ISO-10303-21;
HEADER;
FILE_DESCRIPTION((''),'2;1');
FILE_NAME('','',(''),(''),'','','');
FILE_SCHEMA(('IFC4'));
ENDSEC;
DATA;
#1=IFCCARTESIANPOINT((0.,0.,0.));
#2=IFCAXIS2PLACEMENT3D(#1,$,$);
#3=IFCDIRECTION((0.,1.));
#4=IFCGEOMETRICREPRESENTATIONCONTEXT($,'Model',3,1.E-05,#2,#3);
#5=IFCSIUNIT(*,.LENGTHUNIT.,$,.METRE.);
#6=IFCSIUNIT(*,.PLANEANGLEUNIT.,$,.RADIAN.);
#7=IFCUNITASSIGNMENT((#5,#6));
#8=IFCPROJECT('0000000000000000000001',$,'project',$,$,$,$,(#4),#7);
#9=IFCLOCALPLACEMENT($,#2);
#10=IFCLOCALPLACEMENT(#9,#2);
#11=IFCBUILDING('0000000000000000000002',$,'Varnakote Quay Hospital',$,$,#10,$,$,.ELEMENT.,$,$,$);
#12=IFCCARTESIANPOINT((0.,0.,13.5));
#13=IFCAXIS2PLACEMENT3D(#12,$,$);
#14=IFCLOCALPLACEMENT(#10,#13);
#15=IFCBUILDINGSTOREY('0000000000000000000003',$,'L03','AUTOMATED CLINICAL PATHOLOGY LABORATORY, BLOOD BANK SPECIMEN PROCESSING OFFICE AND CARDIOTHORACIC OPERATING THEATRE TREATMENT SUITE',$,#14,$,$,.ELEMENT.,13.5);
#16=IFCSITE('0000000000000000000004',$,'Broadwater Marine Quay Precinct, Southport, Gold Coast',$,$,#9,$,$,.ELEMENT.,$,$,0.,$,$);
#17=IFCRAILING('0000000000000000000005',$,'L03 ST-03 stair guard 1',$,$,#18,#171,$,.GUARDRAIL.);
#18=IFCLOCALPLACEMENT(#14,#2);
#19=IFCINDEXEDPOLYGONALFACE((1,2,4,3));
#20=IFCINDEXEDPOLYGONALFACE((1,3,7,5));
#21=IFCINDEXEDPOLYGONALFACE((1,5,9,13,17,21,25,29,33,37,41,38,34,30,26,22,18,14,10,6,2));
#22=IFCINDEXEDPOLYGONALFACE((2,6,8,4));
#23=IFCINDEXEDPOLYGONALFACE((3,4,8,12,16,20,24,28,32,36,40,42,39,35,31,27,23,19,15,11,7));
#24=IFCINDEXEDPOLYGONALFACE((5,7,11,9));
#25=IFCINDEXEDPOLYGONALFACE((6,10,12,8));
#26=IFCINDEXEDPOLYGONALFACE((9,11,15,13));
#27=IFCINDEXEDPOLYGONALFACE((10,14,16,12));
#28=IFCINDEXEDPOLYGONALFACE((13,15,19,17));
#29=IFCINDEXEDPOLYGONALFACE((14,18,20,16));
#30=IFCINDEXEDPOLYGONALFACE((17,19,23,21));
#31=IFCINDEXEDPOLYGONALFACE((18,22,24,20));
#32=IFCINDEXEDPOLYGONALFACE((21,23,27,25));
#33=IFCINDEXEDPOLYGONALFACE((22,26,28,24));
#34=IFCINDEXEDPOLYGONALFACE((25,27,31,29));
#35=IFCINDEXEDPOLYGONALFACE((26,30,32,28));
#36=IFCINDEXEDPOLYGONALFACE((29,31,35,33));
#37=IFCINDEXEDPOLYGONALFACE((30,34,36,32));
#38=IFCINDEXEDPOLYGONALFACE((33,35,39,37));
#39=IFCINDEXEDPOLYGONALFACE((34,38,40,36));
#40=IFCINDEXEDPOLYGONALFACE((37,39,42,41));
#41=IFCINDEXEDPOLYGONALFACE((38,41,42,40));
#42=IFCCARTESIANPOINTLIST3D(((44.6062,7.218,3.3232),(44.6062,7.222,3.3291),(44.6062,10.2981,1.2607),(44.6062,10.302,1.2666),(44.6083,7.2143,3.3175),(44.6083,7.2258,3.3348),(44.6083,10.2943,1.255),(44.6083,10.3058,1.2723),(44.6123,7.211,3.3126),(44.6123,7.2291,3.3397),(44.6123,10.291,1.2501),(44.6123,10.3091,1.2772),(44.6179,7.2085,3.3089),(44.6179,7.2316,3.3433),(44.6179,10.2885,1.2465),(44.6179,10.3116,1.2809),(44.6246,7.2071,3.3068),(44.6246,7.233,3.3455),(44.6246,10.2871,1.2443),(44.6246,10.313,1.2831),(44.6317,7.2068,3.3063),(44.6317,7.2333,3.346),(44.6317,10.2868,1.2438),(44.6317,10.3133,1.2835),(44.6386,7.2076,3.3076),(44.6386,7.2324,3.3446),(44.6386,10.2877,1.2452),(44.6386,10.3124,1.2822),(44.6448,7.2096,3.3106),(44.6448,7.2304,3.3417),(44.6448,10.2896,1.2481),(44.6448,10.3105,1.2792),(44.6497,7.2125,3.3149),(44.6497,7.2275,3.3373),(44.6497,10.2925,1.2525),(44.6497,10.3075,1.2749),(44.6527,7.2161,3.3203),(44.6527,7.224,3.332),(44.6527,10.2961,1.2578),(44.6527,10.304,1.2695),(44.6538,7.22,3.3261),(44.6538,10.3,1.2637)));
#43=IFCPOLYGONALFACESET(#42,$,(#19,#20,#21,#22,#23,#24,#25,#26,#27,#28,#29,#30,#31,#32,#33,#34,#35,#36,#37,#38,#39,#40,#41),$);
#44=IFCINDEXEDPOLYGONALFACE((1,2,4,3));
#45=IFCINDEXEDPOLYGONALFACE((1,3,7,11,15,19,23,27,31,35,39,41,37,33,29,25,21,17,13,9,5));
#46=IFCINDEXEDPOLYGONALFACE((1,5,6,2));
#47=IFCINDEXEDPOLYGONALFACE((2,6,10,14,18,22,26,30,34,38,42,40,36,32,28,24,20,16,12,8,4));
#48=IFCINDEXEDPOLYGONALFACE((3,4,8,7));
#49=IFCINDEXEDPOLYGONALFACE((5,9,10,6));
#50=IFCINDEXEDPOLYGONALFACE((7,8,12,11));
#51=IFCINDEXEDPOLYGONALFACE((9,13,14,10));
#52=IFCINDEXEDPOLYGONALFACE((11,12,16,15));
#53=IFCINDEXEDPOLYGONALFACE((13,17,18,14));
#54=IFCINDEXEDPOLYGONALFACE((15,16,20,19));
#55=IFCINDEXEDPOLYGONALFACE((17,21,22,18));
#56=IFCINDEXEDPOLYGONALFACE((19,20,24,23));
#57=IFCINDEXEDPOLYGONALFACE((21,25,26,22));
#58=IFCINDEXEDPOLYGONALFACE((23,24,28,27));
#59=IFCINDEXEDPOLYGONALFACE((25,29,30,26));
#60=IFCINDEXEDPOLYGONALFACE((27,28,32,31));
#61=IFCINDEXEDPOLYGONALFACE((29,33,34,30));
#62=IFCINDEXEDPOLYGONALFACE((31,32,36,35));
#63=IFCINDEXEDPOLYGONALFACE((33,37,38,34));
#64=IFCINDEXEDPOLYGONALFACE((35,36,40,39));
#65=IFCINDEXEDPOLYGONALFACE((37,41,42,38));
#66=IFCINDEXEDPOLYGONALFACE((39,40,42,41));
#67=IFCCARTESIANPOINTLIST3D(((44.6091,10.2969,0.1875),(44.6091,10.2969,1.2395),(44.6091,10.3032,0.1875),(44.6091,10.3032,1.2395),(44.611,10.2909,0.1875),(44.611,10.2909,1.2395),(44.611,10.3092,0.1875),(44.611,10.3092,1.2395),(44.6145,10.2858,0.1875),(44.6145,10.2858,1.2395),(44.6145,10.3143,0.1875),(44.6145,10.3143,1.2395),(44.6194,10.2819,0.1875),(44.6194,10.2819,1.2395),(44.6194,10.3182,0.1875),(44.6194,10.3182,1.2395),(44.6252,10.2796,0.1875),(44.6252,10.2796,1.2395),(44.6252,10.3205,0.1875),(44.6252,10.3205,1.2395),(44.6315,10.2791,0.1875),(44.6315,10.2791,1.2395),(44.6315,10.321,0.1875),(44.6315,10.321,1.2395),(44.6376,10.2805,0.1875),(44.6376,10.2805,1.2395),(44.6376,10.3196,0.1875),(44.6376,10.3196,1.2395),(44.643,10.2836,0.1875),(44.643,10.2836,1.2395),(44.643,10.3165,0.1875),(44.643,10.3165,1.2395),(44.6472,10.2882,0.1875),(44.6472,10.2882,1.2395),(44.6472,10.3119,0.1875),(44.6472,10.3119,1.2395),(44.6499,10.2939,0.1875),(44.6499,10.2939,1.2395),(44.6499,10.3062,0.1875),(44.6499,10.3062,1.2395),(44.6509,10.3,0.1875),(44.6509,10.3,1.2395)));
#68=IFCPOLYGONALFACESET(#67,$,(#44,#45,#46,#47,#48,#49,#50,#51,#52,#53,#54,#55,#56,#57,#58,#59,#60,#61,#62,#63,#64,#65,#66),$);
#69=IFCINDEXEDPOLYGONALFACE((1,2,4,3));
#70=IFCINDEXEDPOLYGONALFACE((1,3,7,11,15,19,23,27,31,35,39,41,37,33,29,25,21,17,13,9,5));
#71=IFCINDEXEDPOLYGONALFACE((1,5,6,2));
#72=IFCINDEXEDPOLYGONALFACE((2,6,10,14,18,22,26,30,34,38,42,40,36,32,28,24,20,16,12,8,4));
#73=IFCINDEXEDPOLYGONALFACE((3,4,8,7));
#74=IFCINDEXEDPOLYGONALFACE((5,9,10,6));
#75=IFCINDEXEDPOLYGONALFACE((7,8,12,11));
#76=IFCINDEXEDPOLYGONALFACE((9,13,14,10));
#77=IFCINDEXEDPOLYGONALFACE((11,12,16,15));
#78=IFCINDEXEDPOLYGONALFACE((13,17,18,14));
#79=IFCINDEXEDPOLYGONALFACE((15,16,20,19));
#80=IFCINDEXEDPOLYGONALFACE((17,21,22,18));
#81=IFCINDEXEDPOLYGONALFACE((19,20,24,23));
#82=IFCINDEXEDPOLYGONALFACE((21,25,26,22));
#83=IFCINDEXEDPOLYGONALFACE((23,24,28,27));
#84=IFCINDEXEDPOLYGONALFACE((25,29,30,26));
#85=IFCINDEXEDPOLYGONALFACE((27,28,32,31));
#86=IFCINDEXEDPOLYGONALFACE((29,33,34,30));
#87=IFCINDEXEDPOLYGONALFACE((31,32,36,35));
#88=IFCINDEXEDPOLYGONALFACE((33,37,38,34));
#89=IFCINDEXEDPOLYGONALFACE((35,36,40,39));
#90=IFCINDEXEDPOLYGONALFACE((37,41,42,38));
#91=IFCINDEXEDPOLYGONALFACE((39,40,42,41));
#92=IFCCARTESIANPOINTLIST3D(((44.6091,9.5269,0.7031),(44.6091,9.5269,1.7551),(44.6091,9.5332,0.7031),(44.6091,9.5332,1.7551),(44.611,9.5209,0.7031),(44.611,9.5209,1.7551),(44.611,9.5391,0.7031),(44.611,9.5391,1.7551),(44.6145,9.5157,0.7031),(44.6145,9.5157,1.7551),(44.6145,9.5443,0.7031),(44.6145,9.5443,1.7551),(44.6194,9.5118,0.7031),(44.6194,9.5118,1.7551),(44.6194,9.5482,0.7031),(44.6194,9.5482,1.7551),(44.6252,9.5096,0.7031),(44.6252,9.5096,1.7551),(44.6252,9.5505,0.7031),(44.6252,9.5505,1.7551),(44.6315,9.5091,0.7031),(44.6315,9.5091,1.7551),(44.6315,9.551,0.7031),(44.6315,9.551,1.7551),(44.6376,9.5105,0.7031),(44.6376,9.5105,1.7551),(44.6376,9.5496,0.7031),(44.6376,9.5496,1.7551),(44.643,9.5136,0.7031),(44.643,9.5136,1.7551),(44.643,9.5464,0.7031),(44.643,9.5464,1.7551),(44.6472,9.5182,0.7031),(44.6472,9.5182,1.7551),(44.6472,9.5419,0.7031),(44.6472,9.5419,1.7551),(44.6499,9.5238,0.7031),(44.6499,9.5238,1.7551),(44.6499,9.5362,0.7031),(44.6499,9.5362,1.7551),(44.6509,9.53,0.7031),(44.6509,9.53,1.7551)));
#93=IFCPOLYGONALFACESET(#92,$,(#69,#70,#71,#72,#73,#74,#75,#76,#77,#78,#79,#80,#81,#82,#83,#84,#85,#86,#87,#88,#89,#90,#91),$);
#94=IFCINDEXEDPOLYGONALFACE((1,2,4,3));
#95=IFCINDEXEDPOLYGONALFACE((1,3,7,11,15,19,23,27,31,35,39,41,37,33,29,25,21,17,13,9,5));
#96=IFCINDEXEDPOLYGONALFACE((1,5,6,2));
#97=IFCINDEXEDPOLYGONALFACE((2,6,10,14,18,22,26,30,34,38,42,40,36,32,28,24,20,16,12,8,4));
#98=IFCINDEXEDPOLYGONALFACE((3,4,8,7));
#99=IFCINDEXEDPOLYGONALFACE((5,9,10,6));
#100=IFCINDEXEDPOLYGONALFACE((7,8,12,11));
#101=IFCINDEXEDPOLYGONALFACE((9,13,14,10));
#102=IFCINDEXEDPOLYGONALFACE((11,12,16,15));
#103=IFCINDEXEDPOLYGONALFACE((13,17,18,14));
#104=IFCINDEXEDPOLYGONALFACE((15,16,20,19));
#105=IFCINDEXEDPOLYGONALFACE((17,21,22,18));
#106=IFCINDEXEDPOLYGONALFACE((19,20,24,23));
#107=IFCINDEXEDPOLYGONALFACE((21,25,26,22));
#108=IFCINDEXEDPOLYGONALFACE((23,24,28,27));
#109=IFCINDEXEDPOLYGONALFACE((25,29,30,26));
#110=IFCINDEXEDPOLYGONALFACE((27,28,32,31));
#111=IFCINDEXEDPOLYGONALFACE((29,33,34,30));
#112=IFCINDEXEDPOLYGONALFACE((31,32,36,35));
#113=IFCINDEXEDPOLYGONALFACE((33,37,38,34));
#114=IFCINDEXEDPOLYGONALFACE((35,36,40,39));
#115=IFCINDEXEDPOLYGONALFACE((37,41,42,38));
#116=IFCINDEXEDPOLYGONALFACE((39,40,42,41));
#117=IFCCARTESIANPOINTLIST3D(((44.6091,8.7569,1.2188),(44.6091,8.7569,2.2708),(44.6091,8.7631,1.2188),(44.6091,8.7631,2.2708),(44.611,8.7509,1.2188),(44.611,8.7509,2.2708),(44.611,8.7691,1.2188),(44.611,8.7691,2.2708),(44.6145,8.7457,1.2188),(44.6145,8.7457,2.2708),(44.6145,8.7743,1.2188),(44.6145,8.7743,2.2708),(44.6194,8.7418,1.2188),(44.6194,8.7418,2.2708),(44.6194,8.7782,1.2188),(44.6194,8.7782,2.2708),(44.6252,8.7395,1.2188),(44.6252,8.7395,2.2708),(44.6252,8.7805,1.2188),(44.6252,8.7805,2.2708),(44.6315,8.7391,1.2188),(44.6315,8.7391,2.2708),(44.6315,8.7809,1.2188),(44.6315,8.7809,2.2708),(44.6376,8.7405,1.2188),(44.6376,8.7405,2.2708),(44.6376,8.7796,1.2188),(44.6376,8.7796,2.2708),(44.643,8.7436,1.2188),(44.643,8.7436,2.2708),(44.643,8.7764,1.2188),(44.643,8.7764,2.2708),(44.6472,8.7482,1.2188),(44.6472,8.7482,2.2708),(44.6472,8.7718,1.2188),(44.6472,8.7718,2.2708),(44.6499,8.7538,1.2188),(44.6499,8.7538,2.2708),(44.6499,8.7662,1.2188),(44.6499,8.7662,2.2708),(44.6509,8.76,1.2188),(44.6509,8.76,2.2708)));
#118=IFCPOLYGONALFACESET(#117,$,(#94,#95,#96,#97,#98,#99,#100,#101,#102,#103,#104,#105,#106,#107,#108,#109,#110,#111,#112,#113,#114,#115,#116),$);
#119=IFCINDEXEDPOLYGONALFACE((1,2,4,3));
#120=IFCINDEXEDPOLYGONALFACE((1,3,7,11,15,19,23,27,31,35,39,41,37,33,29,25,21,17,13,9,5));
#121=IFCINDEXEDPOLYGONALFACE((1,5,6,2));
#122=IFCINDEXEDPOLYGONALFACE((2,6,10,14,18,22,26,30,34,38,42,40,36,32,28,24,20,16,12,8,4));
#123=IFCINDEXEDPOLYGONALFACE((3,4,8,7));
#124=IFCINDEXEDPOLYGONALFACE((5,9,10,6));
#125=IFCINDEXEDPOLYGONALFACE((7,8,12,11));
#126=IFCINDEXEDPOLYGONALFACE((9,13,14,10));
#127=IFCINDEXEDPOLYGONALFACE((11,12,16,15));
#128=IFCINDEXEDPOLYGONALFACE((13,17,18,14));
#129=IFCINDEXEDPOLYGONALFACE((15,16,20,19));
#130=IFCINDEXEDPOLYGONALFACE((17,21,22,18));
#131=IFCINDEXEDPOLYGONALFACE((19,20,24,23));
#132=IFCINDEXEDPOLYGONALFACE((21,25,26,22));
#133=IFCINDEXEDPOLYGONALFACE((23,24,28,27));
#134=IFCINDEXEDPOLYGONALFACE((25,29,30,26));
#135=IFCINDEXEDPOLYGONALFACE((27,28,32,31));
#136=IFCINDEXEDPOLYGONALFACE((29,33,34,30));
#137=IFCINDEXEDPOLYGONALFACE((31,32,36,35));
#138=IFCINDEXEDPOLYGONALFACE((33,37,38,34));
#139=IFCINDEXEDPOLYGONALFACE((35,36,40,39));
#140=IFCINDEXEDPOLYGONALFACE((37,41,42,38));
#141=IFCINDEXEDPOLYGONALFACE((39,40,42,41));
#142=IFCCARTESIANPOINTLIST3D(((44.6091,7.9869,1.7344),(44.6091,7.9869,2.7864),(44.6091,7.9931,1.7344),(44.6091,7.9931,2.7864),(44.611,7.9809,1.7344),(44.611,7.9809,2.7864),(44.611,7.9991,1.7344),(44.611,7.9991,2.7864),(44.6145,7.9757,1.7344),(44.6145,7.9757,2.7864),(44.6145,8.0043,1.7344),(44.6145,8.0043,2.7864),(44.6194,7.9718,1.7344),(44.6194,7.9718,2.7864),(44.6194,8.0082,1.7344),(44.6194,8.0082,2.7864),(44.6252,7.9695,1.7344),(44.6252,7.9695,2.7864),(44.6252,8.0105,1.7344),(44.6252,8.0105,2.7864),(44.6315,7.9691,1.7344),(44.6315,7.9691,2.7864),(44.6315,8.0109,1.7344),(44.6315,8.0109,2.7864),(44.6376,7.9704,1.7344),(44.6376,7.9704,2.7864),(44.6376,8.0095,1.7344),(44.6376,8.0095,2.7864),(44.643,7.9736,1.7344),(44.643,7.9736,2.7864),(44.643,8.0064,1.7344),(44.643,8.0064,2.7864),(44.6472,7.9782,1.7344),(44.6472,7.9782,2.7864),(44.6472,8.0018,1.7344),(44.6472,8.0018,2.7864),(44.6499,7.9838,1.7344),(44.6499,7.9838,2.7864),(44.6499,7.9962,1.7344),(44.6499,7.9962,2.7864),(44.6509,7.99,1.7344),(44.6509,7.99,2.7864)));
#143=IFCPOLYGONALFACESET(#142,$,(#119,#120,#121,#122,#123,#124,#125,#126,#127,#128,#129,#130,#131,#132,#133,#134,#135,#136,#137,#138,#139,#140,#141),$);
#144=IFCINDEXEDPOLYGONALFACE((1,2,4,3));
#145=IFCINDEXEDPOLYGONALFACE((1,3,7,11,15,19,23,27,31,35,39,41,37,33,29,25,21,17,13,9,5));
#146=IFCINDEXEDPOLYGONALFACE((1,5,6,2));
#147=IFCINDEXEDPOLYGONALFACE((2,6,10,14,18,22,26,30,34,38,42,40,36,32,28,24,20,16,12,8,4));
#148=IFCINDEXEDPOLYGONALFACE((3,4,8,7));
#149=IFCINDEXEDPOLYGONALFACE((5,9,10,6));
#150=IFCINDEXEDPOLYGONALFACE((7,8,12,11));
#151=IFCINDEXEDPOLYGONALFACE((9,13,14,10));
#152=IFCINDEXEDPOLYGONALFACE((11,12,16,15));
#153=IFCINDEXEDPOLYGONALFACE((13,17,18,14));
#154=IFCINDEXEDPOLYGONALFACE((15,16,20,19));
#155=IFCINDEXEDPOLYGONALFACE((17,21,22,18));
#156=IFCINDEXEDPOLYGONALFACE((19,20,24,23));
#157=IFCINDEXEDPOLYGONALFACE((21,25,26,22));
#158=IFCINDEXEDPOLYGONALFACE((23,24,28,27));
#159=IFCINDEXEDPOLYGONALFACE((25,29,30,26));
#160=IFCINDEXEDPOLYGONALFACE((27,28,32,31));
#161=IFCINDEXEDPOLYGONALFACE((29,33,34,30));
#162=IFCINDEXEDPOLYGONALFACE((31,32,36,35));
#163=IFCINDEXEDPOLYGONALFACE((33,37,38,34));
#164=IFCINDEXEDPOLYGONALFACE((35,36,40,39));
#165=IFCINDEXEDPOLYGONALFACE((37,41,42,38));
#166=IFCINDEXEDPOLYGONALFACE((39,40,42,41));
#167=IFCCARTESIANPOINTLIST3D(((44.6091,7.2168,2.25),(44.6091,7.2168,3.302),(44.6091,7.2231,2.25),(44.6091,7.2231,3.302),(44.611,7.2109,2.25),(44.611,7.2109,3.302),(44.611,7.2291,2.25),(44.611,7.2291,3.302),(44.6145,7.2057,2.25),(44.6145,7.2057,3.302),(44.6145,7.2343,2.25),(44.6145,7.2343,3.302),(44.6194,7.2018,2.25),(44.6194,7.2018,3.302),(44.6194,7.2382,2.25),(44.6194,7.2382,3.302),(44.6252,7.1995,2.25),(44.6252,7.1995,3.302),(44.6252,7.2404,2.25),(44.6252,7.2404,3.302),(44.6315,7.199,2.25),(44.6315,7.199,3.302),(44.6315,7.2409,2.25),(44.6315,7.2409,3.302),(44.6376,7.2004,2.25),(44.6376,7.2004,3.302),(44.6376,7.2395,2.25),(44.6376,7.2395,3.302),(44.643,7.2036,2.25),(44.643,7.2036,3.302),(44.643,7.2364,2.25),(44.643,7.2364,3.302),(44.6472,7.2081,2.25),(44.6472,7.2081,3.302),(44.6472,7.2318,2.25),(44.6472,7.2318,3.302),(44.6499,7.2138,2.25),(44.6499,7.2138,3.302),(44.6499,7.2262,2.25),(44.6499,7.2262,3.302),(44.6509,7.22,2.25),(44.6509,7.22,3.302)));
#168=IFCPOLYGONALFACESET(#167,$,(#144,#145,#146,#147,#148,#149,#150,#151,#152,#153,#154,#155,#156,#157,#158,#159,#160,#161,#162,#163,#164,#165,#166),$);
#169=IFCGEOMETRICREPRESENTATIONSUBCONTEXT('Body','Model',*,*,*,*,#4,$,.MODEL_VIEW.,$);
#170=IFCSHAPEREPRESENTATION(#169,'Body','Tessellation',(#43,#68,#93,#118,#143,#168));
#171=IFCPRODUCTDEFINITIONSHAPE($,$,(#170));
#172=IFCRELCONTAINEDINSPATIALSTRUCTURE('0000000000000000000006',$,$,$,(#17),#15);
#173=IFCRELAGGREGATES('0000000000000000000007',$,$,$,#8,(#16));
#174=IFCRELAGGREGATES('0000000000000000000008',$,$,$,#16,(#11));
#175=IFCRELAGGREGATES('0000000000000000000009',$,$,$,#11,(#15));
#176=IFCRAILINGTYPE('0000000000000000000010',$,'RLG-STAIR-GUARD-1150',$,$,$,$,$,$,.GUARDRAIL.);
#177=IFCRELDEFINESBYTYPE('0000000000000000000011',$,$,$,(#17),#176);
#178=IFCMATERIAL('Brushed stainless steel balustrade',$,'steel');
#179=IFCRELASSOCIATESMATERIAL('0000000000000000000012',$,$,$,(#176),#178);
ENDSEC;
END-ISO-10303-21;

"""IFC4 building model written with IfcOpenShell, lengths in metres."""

from ifc_helpers import new_model, si_unit, direction, frame, origin, origin_2d, place, context, subcontext, project, spatial, circle, extrude, material, type_object, element, save


model = new_model("IFC4")

# Units and contexts
model_context = context("Model", 3, precision=1e-05, world=origin(), true_north=direction((0.0, 1.0)))
body_context = subcontext(model_context, "Body", "Model", "MODEL_VIEW")
ifc_project = project(units=[si_unit("LENGTHUNIT", "METRE"), si_unit("PLANEANGLEUNIT", "RADIAN")], contexts=[model_context])

# Site, building, storey
site_placement = place(None, origin())
site = spatial("IfcSite", under=ifc_project, at=site_placement, Name="Broadwater Marine Quay Precinct, Southport, Gold Coast", CompositionType="ELEMENT", RefElevation=0.0)
building_placement = place(site_placement, origin())
building = spatial("IfcBuilding", under=site, at=building_placement, Name="Varnakote Quay Hospital", CompositionType="ELEMENT")
storey_placement = place(building_placement, frame((0.0, 0.0, 13.5)))
storey = spatial("IfcBuildingStorey", under=building, at=storey_placement, Name="L03", Description="AUTOMATED CLINICAL PATHOLOGY LABORATORY, BLOOD BANK SPECIMEN PROCESSING OFFICE AND CARDIOTHORACIC OPERATING THEATRE TREATMENT SUITE", CompositionType="ELEMENT", Elevation=13.5)

# Railing
ifc_material_1 = material(Name="Brushed stainless steel balustrade", Category="steel")
railing_type_1 = type_object("IfcRailingType", Name="RLG-STAIR-GUARD-1150", PredefinedType="GUARDRAIL", material=ifc_material_1)
railing_1_placement = place(storey_placement, frame((44.6299, 10.3, 0.1875)))
element("IfcRailing", 1, at=railing_1_placement, inside=storey, type_object=railing_type_1, Name="L03 ST-03 stair guard 1", PredefinedType="GUARDRAIL", context=body_context, shape_type="SweptSolid", body=[
    extrude(circle(Radius=0.0239, at=origin_2d()), frame((0.0, 0.0, 1.0762), z_axis=(0.0, -0.830914, 0.556401), x_axis=(1.0, 0.0, 0.0)), (0.0, 0.0, 1.0), 3.7068),
    extrude(circle(Radius=0.021, at=origin_2d()), origin(), (0.0, 0.0, 1.0), 1.052),
    extrude(circle(Radius=0.021, at=origin_2d()), frame((0.0, -0.77, 0.5156)), (0.0, 0.0, 1.0), 1.052),
    extrude(circle(Radius=0.021, at=origin_2d()), frame((0.0, -1.54, 1.0312)), (0.0, 0.0, 1.0), 1.052),
    extrude(circle(Radius=0.021, at=origin_2d()), frame((0.0, -2.3101, 1.5469)), (0.0, 0.0, 1.0), 1.052),
    extrude(circle(Radius=0.021, at=origin_2d()), frame((0.0, -3.0801, 2.0625)), (0.0, 0.0, 1.0), 1.052),
])

save(model, "model.ifc")
